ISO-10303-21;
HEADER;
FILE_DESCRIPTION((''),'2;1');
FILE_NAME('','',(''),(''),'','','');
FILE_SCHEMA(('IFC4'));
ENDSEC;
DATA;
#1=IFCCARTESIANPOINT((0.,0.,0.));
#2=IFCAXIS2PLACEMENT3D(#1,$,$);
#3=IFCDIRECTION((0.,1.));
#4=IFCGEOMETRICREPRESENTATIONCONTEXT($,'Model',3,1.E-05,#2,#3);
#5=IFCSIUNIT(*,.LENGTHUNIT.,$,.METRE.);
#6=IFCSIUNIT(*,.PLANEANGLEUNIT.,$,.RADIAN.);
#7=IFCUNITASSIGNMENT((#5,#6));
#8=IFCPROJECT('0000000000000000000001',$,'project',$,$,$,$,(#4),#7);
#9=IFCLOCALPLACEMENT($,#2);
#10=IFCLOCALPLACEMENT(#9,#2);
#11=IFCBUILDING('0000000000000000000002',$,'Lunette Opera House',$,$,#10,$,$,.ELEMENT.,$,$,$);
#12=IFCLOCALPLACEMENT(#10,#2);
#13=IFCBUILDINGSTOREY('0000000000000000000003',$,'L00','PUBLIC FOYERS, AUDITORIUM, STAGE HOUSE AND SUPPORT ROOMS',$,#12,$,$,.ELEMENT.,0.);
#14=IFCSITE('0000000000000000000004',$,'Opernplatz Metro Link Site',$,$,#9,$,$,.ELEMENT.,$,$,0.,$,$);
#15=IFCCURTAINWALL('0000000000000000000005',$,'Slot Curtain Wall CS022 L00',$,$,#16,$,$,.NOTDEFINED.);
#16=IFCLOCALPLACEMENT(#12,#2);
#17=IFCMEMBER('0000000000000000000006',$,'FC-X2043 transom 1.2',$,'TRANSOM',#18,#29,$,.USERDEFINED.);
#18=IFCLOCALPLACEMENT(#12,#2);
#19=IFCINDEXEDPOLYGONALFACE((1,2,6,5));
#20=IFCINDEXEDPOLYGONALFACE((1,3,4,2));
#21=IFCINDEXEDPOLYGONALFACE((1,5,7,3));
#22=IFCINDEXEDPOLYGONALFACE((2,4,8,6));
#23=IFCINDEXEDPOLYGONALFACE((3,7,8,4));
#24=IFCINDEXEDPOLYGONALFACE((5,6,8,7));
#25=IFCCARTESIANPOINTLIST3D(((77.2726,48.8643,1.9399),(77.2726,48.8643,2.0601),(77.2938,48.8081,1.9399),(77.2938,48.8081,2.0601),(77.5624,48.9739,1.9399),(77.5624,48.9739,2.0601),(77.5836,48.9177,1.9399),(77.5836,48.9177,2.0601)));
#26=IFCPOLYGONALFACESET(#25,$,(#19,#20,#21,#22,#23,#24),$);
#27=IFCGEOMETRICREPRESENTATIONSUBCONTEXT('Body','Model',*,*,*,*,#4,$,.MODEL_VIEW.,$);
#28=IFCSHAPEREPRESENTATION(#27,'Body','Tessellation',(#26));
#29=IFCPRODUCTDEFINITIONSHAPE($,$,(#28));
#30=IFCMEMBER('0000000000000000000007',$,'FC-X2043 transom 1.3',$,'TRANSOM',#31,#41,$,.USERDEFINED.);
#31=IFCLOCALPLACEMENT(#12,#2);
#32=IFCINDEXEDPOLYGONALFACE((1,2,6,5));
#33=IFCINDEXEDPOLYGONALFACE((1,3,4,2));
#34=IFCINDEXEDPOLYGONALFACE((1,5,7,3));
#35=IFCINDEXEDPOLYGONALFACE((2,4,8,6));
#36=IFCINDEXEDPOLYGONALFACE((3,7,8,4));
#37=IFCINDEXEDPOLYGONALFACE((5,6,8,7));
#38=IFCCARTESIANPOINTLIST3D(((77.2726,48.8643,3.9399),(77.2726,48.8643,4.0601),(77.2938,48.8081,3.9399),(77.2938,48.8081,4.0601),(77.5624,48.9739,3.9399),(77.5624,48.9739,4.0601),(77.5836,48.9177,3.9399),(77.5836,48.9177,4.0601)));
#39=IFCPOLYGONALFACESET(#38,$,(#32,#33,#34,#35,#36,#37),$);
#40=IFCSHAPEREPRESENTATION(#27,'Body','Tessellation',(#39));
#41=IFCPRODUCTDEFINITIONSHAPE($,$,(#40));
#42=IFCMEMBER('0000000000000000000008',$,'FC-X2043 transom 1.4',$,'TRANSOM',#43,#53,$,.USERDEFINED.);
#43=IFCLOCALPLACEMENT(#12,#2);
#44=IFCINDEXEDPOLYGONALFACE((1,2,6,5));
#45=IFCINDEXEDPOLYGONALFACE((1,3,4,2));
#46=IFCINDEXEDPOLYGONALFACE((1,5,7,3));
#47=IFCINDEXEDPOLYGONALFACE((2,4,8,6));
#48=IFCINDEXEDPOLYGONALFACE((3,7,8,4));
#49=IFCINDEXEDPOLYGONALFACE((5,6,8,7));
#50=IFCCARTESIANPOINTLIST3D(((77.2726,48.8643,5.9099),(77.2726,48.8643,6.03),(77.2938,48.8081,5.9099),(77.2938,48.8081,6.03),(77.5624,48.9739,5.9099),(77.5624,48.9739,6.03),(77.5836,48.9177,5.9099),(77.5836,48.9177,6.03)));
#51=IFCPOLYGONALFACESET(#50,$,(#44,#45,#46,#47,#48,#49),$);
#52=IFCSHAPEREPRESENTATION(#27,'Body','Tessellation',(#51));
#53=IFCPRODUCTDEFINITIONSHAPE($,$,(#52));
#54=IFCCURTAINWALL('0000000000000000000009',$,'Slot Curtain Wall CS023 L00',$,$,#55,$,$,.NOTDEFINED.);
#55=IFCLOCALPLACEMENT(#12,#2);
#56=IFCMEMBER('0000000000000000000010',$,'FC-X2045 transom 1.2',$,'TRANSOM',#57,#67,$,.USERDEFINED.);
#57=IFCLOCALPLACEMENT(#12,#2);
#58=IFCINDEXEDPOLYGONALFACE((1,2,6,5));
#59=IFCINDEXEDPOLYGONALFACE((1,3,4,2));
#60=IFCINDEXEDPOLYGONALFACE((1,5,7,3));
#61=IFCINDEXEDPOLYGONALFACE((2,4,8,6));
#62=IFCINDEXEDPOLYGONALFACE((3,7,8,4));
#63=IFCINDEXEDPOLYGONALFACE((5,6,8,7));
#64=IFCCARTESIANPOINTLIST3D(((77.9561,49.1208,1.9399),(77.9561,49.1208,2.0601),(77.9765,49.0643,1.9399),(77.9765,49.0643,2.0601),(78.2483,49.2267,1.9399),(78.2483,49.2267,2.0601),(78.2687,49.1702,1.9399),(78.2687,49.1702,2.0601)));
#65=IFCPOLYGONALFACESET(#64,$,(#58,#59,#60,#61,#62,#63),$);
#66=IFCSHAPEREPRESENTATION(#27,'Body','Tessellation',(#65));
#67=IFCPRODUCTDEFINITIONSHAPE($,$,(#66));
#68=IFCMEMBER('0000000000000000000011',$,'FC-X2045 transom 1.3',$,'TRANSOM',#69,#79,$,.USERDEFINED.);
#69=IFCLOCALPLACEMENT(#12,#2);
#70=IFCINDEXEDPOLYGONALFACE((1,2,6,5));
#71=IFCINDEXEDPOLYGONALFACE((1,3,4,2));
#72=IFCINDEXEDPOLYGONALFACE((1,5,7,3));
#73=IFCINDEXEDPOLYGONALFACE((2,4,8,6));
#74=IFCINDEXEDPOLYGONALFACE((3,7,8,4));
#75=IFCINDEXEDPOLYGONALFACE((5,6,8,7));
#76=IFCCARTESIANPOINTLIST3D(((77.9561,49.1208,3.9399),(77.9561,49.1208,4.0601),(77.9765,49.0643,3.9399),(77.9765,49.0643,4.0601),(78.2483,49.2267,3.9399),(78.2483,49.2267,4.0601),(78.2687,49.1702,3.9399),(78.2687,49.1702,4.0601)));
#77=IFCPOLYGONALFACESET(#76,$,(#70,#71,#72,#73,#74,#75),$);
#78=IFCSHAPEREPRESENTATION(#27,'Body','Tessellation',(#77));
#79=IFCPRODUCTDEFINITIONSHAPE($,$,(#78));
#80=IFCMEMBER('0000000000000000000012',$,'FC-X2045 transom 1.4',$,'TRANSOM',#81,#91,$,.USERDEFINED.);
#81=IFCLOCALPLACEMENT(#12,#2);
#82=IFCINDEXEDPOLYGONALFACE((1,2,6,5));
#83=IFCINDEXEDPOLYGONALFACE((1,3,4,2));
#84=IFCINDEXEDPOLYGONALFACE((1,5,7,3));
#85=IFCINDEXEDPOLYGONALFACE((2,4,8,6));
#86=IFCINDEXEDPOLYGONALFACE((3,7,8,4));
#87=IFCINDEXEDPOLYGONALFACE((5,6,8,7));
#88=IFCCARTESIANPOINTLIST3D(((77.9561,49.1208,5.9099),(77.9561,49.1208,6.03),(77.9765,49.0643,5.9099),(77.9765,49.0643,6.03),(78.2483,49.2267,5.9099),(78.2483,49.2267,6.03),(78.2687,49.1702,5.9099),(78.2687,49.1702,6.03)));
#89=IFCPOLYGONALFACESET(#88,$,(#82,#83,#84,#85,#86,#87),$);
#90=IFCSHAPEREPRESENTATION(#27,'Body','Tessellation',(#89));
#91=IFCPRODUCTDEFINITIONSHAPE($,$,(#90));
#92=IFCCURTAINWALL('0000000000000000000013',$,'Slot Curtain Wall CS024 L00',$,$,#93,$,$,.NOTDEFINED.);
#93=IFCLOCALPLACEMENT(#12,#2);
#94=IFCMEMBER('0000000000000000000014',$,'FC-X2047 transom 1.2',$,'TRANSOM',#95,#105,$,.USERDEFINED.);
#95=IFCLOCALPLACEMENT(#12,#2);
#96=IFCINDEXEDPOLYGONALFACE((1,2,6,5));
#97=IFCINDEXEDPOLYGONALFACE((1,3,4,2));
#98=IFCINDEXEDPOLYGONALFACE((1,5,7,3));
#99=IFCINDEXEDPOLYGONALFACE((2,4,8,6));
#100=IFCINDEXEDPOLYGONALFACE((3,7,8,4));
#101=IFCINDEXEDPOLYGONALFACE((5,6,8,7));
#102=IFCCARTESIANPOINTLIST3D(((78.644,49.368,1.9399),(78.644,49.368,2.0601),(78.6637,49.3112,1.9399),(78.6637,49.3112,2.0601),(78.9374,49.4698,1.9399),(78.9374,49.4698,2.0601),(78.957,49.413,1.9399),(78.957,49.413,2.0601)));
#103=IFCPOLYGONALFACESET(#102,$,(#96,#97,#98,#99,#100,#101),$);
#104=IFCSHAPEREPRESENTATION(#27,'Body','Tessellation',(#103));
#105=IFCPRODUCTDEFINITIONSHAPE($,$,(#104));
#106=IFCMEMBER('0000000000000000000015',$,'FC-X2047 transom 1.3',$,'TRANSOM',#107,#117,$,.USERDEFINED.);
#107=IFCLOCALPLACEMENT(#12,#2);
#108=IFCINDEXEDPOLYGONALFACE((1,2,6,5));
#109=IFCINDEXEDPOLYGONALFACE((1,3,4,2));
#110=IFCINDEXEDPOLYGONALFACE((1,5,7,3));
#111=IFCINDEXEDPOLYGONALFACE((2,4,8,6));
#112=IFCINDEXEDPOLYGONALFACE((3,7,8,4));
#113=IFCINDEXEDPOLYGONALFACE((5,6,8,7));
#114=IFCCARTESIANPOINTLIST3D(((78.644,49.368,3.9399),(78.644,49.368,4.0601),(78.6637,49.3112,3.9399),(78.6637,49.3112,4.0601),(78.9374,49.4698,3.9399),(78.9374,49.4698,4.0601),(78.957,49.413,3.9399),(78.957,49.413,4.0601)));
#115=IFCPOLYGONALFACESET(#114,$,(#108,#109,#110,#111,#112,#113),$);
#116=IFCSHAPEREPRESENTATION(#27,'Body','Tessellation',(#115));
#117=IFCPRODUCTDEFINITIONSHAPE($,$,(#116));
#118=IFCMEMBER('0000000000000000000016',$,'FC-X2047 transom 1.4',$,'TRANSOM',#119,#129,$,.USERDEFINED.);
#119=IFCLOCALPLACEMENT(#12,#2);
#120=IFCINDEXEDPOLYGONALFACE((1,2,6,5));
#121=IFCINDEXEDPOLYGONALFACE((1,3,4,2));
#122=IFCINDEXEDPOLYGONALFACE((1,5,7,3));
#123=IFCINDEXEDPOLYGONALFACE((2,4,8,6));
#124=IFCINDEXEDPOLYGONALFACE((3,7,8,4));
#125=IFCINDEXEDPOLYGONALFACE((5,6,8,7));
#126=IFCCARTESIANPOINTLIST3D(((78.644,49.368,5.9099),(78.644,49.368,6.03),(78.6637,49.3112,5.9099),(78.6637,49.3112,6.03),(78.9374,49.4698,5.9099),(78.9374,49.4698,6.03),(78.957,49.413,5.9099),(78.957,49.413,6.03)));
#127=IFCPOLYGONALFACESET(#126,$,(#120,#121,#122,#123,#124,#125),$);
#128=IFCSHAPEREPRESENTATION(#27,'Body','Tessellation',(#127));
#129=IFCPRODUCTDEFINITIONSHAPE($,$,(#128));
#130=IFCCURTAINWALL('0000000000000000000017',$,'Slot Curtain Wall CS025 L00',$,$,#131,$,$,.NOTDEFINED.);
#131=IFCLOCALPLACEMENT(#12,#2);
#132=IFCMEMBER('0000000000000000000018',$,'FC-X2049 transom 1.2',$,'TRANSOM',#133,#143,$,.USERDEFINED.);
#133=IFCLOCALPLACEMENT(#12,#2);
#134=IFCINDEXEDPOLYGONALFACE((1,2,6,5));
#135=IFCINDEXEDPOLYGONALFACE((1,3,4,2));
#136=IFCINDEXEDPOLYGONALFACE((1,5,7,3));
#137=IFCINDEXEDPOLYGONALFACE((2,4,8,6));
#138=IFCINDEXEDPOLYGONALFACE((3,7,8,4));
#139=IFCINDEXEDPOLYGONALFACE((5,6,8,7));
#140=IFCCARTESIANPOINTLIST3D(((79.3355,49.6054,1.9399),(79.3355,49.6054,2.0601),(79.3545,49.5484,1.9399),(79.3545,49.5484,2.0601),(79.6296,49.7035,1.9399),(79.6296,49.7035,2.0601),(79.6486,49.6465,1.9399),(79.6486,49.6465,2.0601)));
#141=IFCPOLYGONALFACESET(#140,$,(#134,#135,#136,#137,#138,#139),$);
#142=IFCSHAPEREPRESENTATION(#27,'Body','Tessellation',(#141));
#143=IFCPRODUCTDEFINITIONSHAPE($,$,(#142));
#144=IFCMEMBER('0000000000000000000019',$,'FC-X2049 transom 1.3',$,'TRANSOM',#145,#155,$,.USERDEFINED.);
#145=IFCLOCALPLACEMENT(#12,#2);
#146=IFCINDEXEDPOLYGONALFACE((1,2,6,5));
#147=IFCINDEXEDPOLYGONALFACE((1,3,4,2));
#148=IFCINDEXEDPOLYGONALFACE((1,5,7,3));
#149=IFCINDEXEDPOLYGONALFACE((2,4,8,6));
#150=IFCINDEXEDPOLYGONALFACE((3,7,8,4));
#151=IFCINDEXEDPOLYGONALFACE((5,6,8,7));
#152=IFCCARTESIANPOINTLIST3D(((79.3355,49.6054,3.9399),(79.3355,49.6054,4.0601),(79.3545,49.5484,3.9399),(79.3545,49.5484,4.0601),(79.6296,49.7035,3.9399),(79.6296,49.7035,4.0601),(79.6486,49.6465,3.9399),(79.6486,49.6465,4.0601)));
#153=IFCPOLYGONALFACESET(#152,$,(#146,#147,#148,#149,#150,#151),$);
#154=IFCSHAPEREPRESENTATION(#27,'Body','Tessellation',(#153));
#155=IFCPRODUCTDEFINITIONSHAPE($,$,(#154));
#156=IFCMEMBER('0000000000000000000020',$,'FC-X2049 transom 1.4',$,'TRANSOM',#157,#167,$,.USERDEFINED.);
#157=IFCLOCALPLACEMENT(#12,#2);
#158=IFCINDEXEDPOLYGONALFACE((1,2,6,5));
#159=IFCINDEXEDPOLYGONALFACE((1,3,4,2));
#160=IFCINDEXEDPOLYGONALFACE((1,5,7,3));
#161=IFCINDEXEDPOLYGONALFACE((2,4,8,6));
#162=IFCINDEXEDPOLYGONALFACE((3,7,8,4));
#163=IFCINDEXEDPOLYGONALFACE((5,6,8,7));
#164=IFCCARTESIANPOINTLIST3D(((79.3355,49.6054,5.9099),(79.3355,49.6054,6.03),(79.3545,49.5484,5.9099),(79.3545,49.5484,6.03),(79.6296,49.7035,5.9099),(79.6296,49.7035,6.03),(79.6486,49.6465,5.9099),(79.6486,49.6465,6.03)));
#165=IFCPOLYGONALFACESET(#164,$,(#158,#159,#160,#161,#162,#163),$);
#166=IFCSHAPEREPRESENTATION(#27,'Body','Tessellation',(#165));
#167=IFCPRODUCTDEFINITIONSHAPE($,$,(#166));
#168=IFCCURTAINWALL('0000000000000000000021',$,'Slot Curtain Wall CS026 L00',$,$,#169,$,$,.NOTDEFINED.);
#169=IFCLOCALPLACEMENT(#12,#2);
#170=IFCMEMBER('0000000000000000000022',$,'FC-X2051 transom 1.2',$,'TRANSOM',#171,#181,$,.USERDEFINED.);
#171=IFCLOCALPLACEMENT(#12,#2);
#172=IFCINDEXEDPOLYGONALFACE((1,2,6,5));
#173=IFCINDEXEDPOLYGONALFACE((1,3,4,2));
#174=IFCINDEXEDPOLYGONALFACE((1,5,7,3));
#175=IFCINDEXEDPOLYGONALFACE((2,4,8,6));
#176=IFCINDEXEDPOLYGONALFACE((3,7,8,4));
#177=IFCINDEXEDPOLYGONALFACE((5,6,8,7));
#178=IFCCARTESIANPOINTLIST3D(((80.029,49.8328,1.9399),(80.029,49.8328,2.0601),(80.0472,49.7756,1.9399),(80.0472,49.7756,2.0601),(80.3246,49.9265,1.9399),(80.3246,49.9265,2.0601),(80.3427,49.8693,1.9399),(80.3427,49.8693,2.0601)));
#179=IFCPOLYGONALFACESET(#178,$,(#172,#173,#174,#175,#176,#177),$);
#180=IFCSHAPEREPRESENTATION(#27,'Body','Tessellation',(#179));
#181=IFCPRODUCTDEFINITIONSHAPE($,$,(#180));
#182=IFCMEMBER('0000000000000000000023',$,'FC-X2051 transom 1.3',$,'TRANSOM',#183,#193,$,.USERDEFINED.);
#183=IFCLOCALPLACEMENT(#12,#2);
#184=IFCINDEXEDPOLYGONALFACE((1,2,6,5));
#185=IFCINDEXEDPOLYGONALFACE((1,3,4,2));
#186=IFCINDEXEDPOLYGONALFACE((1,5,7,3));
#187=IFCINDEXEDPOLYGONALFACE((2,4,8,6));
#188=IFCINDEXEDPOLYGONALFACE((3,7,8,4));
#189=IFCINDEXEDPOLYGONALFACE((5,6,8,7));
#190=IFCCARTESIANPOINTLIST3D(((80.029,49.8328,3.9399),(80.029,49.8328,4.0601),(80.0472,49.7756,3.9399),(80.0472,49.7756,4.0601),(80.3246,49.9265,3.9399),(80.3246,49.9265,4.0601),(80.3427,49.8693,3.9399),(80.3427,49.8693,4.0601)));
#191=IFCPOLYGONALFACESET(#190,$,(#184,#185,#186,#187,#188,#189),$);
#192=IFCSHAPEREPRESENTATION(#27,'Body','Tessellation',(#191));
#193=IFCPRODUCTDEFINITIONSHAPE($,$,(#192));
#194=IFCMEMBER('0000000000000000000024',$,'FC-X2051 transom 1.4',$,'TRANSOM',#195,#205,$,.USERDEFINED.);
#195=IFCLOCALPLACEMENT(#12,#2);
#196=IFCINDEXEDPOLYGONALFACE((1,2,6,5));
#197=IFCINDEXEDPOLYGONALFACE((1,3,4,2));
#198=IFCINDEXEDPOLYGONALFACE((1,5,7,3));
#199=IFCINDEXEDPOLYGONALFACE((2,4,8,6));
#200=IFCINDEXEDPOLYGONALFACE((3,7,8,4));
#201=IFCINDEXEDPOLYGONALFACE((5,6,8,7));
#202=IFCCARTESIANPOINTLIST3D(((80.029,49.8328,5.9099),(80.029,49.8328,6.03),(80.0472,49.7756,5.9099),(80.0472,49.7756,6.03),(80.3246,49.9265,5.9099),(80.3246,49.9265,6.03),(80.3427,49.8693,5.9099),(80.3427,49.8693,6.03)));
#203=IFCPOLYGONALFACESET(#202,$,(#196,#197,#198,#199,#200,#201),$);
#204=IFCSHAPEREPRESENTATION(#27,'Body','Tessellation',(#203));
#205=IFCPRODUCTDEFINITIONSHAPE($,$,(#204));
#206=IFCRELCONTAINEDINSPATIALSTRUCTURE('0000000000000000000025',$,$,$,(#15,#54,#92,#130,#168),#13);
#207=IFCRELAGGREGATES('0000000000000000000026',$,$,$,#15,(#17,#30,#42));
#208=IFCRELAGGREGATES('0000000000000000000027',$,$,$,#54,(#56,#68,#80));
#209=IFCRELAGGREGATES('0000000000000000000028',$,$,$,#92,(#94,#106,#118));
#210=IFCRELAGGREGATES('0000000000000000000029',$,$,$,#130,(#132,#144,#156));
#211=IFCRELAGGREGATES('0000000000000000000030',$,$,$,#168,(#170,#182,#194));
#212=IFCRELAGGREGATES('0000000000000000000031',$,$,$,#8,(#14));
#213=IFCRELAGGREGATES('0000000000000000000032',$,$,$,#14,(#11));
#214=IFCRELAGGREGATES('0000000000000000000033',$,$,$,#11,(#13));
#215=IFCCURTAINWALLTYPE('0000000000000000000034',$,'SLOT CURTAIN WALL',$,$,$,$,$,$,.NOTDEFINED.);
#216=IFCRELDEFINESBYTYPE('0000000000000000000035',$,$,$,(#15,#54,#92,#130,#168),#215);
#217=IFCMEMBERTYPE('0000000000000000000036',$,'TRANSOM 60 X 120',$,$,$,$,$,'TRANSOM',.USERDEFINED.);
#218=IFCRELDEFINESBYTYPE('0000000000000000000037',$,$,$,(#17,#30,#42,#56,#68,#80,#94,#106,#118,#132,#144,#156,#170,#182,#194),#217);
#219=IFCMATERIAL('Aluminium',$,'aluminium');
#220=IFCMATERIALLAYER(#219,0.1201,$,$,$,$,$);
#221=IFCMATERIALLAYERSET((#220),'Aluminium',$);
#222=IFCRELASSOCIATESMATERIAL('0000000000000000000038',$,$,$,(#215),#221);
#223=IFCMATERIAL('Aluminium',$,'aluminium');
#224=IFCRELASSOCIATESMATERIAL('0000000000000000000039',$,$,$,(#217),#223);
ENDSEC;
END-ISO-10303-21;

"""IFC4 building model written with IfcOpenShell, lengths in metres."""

from ifc_helpers import new_model, si_unit, direction, frame, origin, origin_2d, place, context, subcontext, project, spatial, rectangle, extrude, material, layer, layer_set, material_profile, profile_set, type_object, element, aggregate, save


model = new_model("IFC4")

# Units and contexts
model_context = context("Model", 3, precision=1e-05, world=origin(), true_north=direction((0.0, 1.0)))
body_context = subcontext(model_context, "Body", "Model", "MODEL_VIEW")
ifc_project = project(units=[si_unit("LENGTHUNIT", "METRE"), si_unit("PLANEANGLEUNIT", "RADIAN")], contexts=[model_context])

# Site, building, storey
site_placement = place(None, origin())
site = spatial("IfcSite", under=ifc_project, at=site_placement, Name="Opernplatz Metro Link Site", CompositionType="ELEMENT", RefElevation=0.0)
building_placement = place(site_placement, origin())
building = spatial("IfcBuilding", under=site, at=building_placement, Name="Lunette Opera House", CompositionType="ELEMENT")
storey_placement = place(building_placement, origin())
storey = spatial("IfcBuildingStorey", under=building, at=storey_placement, Name="L00", Description="PUBLIC FOYERS, AUDITORIUM, STAGE HOUSE AND SUPPORT ROOMS", CompositionType="ELEMENT", Elevation=0.0)

# Curtain walls, members
ifc_material_1 = material(Name="Aluminium", Category="aluminium")
ifc_layer_1 = layer(ifc_material_1, 0.1201)
ifc_layer_set_1 = layer_set([ifc_layer_1], Name="Aluminium")
curtain_wall_type = type_object("IfcCurtainWallType", Name="SLOT CURTAIN WALL", PredefinedType="NOTDEFINED", material=ifc_layer_set_1)
curtain_wall_1_placement = place(storey_placement, origin())
curtain_wall_1 = element("IfcCurtainWall", 1, at=curtain_wall_1_placement, inside=storey, type_object=curtain_wall_type, Name="Slot Curtain Wall CS022 L00", PredefinedType="NOTDEFINED")
ifc_material_2 = material(Name="Aluminium", Category="aluminium")
ifc_material_profile = material_profile(ifc_material_2, rectangle(XDim=0.0601, YDim=0.1201, at=origin_2d()), Name="TRANSOM 60 X 120")
ifc_profile_set = profile_set([ifc_material_profile], Name="Aluminium")
member_type = type_object("IfcMemberType", Name="TRANSOM 60 X 120", ElementType="TRANSOM", PredefinedType="USERDEFINED", material=ifc_profile_set)
member_1_placement = place(storey_placement, frame((77.2832, 48.8362, 2.0), z_axis=(0.935321, 0.353799, 0.0), x_axis=(-0.353799, 0.935321, 0.0)))
member_1 = element("IfcMember", 2, at=member_1_placement, type_object=member_type, Name="FC-X2043 transom 1.2", ObjectType="TRANSOM", PredefinedType="USERDEFINED", context=body_context, shape_type="SweptSolid", body=[
    extrude(rectangle(XDim=0.0601, YDim=0.1201, at=origin_2d()), origin(), (0.0, 0.0, 1.0), 0.3098),
])
member_2_placement = place(storey_placement, frame((77.2832, 48.8362, 4.0), z_axis=(0.935321, 0.353799, 0.0), x_axis=(-0.353799, 0.935321, 0.0)))
member_2 = element("IfcMember", 3, at=member_2_placement, type_object=member_type, Name="FC-X2043 transom 1.3", ObjectType="TRANSOM", PredefinedType="USERDEFINED", context=body_context, shape_type="SweptSolid", body=[
    extrude(rectangle(XDim=0.0601, YDim=0.1201, at=origin_2d()), origin(), (0.0, 0.0, 1.0), 0.3098),
])
member_3_placement = place(storey_placement, frame((77.2832, 48.8362, 5.97), z_axis=(0.935321, 0.353799, 0.0), x_axis=(-0.353799, 0.935321, 0.0)))
member_3 = element("IfcMember", 4, at=member_3_placement, type_object=member_type, Name="FC-X2043 transom 1.4", ObjectType="TRANSOM", PredefinedType="USERDEFINED", context=body_context, shape_type="SweptSolid", body=[
    extrude(rectangle(XDim=0.0601, YDim=0.1201, at=origin_2d()), origin(), (0.0, 0.0, 1.0), 0.3098),
])
curtain_wall_2_placement = place(storey_placement, origin())
curtain_wall_2 = element("IfcCurtainWall", 5, at=curtain_wall_2_placement, inside=storey, type_object=curtain_wall_type, Name="Slot Curtain Wall CS023 L00", PredefinedType="NOTDEFINED")
member_4_placement = place(storey_placement, frame((77.9663, 49.0925, 2.0), z_axis=(0.940114, 0.34086, 0.0), x_axis=(-0.34086, 0.940114, 0.0)))
member_4 = element("IfcMember", 6, at=member_4_placement, type_object=member_type, Name="FC-X2045 transom 1.2", ObjectType="TRANSOM", PredefinedType="USERDEFINED", context=body_context, shape_type="SweptSolid", body=[
    extrude(rectangle(XDim=0.0601, YDim=0.1201, at=origin_2d()), origin(), (0.0, 0.0, 1.0), 0.3108),
])
member_5_placement = place(storey_placement, frame((77.9663, 49.0925, 4.0), z_axis=(0.940114, 0.34086, 0.0), x_axis=(-0.34086, 0.940114, 0.0)))
member_5 = element("IfcMember", 7, at=member_5_placement, type_object=member_type, Name="FC-X2045 transom 1.3", ObjectType="TRANSOM", PredefinedType="USERDEFINED", context=body_context, shape_type="SweptSolid", body=[
    extrude(rectangle(XDim=0.0601, YDim=0.1201, at=origin_2d()), origin(), (0.0, 0.0, 1.0), 0.3108),
])
member_6_placement = place(storey_placement, frame((77.9663, 49.0925, 5.97), z_axis=(0.940114, 0.34086, 0.0), x_axis=(-0.34086, 0.940114, 0.0)))
member_6 = element("IfcMember", 8, at=member_6_placement, type_object=member_type, Name="FC-X2045 transom 1.4", ObjectType="TRANSOM", PredefinedType="USERDEFINED", context=body_context, shape_type="SweptSolid", body=[
    extrude(rectangle(XDim=0.0601, YDim=0.1201, at=origin_2d()), origin(), (0.0, 0.0, 1.0), 0.3108),
])
curtain_wall_3_placement = place(storey_placement, origin())
curtain_wall_3 = element("IfcCurtainWall", 9, at=curtain_wall_3_placement, inside=storey, type_object=curtain_wall_type, Name="Slot Curtain Wall CS024 L00", PredefinedType="NOTDEFINED")
member_7_placement = place(storey_placement, frame((78.6538, 49.3396, 2.0), z_axis=(0.944762, 0.327758, 0.0), x_axis=(-0.327758, 0.944762, 0.0)))
member_7 = element("IfcMember", 10, at=member_7_placement, type_object=member_type, Name="FC-X2047 transom 1.2", ObjectType="TRANSOM", PredefinedType="USERDEFINED", context=body_context, shape_type="SweptSolid", body=[
    extrude(rectangle(XDim=0.0601, YDim=0.1201, at=origin_2d()), origin(), (0.0, 0.0, 1.0), 0.3105),
])
member_8_placement = place(storey_placement, frame((78.6538, 49.3396, 4.0), z_axis=(0.944762, 0.327758, 0.0), x_axis=(-0.327758, 0.944762, 0.0)))
member_8 = element("IfcMember", 11, at=member_8_placement, type_object=member_type, Name="FC-X2047 transom 1.3", ObjectType="TRANSOM", PredefinedType="USERDEFINED", context=body_context, shape_type="SweptSolid", body=[
    extrude(rectangle(XDim=0.0601, YDim=0.1201, at=origin_2d()), origin(), (0.0, 0.0, 1.0), 0.3105),
])
member_9_placement = place(storey_placement, frame((78.6538, 49.3396, 5.97), z_axis=(0.944762, 0.327758, 0.0), x_axis=(-0.327758, 0.944762, 0.0)))
member_9 = element("IfcMember", 12, at=member_9_placement, type_object=member_type, Name="FC-X2047 transom 1.4", ObjectType="TRANSOM", PredefinedType="USERDEFINED", context=body_context, shape_type="SweptSolid", body=[
    extrude(rectangle(XDim=0.0601, YDim=0.1201, at=origin_2d()), origin(), (0.0, 0.0, 1.0), 0.3105),
])
curtain_wall_4_placement = place(storey_placement, origin())
curtain_wall_4 = element("IfcCurtainWall", 13, at=curtain_wall_4_placement, inside=storey, type_object=curtain_wall_type, Name="Slot Curtain Wall CS025 L00", PredefinedType="NOTDEFINED")
member_10_placement = place(storey_placement, frame((79.345, 49.5769, 2.0), z_axis=(0.948605, 0.316464, 0.0), x_axis=(-0.316464, 0.948605, 0.0)))
member_10 = element("IfcMember", 14, at=member_10_placement, type_object=member_type, Name="FC-X2049 transom 1.2", ObjectType="TRANSOM", PredefinedType="USERDEFINED", context=body_context, shape_type="SweptSolid", body=[
    extrude(rectangle(XDim=0.0601, YDim=0.1201, at=origin_2d()), origin(), (0.0, 0.0, 1.0), 0.3101),
])
member_11_placement = place(storey_placement, frame((79.345, 49.5769, 4.0), z_axis=(0.948605, 0.316464, 0.0), x_axis=(-0.316464, 0.948605, 0.0)))
member_11 = element("IfcMember", 15, at=member_11_placement, type_object=member_type, Name="FC-X2049 transom 1.3", ObjectType="TRANSOM", PredefinedType="USERDEFINED", context=body_context, shape_type="SweptSolid", body=[
    extrude(rectangle(XDim=0.0601, YDim=0.1201, at=origin_2d()), origin(), (0.0, 0.0, 1.0), 0.3101),
])
member_12_placement = place(storey_placement, frame((79.345, 49.5769, 5.97), z_axis=(0.948605, 0.316464, 0.0), x_axis=(-0.316464, 0.948605, 0.0)))
member_12 = element("IfcMember", 16, at=member_12_placement, type_object=member_type, Name="FC-X2049 transom 1.4", ObjectType="TRANSOM", PredefinedType="USERDEFINED", context=body_context, shape_type="SweptSolid", body=[
    extrude(rectangle(XDim=0.0601, YDim=0.1201, at=origin_2d()), origin(), (0.0, 0.0, 1.0), 0.3101),
])
curtain_wall_5_placement = place(storey_placement, origin())
curtain_wall_5 = element("IfcCurtainWall", 17, at=curtain_wall_5_placement, inside=storey, type_object=curtain_wall_type, Name="Slot Curtain Wall CS026 L00", PredefinedType="NOTDEFINED")
member_13_placement = place(storey_placement, frame((80.0381, 49.8042, 2.0), z_axis=(0.953225, 0.302261, 0.0), x_axis=(-0.302261, 0.953225, 0.0)))
member_13 = element("IfcMember", 18, at=member_13_placement, type_object=member_type, Name="FC-X2051 transom 1.2", ObjectType="TRANSOM", PredefinedType="USERDEFINED", context=body_context, shape_type="SweptSolid", body=[
    extrude(rectangle(XDim=0.0601, YDim=0.1201, at=origin_2d()), origin(), (0.0, 0.0, 1.0), 0.3101),
])
member_14_placement = place(storey_placement, frame((80.0381, 49.8042, 4.0), z_axis=(0.953225, 0.302261, 0.0), x_axis=(-0.302261, 0.953225, 0.0)))
member_14 = element("IfcMember", 19, at=member_14_placement, type_object=member_type, Name="FC-X2051 transom 1.3", ObjectType="TRANSOM", PredefinedType="USERDEFINED", context=body_context, shape_type="SweptSolid", body=[
    extrude(rectangle(XDim=0.0601, YDim=0.1201, at=origin_2d()), origin(), (0.0, 0.0, 1.0), 0.3101),
])
member_15_placement = place(storey_placement, frame((80.0381, 49.8042, 5.97), z_axis=(0.953225, 0.302261, 0.0), x_axis=(-0.302261, 0.953225, 0.0)))
member_15 = element("IfcMember", 20, at=member_15_placement, type_object=member_type, Name="FC-X2051 transom 1.4", ObjectType="TRANSOM", PredefinedType="USERDEFINED", context=body_context, shape_type="SweptSolid", body=[
    extrude(rectangle(XDim=0.0601, YDim=0.1201, at=origin_2d()), origin(), (0.0, 0.0, 1.0), 0.3101),
])

aggregate(curtain_wall_1, [member_1, member_2, member_3])
aggregate(curtain_wall_2, [member_4, member_5, member_6])
aggregate(curtain_wall_3, [member_7, member_8, member_9])
aggregate(curtain_wall_4, [member_10, member_11, member_12])
aggregate(curtain_wall_5, [member_13, member_14, member_15])

save(model, "model.ifc")
